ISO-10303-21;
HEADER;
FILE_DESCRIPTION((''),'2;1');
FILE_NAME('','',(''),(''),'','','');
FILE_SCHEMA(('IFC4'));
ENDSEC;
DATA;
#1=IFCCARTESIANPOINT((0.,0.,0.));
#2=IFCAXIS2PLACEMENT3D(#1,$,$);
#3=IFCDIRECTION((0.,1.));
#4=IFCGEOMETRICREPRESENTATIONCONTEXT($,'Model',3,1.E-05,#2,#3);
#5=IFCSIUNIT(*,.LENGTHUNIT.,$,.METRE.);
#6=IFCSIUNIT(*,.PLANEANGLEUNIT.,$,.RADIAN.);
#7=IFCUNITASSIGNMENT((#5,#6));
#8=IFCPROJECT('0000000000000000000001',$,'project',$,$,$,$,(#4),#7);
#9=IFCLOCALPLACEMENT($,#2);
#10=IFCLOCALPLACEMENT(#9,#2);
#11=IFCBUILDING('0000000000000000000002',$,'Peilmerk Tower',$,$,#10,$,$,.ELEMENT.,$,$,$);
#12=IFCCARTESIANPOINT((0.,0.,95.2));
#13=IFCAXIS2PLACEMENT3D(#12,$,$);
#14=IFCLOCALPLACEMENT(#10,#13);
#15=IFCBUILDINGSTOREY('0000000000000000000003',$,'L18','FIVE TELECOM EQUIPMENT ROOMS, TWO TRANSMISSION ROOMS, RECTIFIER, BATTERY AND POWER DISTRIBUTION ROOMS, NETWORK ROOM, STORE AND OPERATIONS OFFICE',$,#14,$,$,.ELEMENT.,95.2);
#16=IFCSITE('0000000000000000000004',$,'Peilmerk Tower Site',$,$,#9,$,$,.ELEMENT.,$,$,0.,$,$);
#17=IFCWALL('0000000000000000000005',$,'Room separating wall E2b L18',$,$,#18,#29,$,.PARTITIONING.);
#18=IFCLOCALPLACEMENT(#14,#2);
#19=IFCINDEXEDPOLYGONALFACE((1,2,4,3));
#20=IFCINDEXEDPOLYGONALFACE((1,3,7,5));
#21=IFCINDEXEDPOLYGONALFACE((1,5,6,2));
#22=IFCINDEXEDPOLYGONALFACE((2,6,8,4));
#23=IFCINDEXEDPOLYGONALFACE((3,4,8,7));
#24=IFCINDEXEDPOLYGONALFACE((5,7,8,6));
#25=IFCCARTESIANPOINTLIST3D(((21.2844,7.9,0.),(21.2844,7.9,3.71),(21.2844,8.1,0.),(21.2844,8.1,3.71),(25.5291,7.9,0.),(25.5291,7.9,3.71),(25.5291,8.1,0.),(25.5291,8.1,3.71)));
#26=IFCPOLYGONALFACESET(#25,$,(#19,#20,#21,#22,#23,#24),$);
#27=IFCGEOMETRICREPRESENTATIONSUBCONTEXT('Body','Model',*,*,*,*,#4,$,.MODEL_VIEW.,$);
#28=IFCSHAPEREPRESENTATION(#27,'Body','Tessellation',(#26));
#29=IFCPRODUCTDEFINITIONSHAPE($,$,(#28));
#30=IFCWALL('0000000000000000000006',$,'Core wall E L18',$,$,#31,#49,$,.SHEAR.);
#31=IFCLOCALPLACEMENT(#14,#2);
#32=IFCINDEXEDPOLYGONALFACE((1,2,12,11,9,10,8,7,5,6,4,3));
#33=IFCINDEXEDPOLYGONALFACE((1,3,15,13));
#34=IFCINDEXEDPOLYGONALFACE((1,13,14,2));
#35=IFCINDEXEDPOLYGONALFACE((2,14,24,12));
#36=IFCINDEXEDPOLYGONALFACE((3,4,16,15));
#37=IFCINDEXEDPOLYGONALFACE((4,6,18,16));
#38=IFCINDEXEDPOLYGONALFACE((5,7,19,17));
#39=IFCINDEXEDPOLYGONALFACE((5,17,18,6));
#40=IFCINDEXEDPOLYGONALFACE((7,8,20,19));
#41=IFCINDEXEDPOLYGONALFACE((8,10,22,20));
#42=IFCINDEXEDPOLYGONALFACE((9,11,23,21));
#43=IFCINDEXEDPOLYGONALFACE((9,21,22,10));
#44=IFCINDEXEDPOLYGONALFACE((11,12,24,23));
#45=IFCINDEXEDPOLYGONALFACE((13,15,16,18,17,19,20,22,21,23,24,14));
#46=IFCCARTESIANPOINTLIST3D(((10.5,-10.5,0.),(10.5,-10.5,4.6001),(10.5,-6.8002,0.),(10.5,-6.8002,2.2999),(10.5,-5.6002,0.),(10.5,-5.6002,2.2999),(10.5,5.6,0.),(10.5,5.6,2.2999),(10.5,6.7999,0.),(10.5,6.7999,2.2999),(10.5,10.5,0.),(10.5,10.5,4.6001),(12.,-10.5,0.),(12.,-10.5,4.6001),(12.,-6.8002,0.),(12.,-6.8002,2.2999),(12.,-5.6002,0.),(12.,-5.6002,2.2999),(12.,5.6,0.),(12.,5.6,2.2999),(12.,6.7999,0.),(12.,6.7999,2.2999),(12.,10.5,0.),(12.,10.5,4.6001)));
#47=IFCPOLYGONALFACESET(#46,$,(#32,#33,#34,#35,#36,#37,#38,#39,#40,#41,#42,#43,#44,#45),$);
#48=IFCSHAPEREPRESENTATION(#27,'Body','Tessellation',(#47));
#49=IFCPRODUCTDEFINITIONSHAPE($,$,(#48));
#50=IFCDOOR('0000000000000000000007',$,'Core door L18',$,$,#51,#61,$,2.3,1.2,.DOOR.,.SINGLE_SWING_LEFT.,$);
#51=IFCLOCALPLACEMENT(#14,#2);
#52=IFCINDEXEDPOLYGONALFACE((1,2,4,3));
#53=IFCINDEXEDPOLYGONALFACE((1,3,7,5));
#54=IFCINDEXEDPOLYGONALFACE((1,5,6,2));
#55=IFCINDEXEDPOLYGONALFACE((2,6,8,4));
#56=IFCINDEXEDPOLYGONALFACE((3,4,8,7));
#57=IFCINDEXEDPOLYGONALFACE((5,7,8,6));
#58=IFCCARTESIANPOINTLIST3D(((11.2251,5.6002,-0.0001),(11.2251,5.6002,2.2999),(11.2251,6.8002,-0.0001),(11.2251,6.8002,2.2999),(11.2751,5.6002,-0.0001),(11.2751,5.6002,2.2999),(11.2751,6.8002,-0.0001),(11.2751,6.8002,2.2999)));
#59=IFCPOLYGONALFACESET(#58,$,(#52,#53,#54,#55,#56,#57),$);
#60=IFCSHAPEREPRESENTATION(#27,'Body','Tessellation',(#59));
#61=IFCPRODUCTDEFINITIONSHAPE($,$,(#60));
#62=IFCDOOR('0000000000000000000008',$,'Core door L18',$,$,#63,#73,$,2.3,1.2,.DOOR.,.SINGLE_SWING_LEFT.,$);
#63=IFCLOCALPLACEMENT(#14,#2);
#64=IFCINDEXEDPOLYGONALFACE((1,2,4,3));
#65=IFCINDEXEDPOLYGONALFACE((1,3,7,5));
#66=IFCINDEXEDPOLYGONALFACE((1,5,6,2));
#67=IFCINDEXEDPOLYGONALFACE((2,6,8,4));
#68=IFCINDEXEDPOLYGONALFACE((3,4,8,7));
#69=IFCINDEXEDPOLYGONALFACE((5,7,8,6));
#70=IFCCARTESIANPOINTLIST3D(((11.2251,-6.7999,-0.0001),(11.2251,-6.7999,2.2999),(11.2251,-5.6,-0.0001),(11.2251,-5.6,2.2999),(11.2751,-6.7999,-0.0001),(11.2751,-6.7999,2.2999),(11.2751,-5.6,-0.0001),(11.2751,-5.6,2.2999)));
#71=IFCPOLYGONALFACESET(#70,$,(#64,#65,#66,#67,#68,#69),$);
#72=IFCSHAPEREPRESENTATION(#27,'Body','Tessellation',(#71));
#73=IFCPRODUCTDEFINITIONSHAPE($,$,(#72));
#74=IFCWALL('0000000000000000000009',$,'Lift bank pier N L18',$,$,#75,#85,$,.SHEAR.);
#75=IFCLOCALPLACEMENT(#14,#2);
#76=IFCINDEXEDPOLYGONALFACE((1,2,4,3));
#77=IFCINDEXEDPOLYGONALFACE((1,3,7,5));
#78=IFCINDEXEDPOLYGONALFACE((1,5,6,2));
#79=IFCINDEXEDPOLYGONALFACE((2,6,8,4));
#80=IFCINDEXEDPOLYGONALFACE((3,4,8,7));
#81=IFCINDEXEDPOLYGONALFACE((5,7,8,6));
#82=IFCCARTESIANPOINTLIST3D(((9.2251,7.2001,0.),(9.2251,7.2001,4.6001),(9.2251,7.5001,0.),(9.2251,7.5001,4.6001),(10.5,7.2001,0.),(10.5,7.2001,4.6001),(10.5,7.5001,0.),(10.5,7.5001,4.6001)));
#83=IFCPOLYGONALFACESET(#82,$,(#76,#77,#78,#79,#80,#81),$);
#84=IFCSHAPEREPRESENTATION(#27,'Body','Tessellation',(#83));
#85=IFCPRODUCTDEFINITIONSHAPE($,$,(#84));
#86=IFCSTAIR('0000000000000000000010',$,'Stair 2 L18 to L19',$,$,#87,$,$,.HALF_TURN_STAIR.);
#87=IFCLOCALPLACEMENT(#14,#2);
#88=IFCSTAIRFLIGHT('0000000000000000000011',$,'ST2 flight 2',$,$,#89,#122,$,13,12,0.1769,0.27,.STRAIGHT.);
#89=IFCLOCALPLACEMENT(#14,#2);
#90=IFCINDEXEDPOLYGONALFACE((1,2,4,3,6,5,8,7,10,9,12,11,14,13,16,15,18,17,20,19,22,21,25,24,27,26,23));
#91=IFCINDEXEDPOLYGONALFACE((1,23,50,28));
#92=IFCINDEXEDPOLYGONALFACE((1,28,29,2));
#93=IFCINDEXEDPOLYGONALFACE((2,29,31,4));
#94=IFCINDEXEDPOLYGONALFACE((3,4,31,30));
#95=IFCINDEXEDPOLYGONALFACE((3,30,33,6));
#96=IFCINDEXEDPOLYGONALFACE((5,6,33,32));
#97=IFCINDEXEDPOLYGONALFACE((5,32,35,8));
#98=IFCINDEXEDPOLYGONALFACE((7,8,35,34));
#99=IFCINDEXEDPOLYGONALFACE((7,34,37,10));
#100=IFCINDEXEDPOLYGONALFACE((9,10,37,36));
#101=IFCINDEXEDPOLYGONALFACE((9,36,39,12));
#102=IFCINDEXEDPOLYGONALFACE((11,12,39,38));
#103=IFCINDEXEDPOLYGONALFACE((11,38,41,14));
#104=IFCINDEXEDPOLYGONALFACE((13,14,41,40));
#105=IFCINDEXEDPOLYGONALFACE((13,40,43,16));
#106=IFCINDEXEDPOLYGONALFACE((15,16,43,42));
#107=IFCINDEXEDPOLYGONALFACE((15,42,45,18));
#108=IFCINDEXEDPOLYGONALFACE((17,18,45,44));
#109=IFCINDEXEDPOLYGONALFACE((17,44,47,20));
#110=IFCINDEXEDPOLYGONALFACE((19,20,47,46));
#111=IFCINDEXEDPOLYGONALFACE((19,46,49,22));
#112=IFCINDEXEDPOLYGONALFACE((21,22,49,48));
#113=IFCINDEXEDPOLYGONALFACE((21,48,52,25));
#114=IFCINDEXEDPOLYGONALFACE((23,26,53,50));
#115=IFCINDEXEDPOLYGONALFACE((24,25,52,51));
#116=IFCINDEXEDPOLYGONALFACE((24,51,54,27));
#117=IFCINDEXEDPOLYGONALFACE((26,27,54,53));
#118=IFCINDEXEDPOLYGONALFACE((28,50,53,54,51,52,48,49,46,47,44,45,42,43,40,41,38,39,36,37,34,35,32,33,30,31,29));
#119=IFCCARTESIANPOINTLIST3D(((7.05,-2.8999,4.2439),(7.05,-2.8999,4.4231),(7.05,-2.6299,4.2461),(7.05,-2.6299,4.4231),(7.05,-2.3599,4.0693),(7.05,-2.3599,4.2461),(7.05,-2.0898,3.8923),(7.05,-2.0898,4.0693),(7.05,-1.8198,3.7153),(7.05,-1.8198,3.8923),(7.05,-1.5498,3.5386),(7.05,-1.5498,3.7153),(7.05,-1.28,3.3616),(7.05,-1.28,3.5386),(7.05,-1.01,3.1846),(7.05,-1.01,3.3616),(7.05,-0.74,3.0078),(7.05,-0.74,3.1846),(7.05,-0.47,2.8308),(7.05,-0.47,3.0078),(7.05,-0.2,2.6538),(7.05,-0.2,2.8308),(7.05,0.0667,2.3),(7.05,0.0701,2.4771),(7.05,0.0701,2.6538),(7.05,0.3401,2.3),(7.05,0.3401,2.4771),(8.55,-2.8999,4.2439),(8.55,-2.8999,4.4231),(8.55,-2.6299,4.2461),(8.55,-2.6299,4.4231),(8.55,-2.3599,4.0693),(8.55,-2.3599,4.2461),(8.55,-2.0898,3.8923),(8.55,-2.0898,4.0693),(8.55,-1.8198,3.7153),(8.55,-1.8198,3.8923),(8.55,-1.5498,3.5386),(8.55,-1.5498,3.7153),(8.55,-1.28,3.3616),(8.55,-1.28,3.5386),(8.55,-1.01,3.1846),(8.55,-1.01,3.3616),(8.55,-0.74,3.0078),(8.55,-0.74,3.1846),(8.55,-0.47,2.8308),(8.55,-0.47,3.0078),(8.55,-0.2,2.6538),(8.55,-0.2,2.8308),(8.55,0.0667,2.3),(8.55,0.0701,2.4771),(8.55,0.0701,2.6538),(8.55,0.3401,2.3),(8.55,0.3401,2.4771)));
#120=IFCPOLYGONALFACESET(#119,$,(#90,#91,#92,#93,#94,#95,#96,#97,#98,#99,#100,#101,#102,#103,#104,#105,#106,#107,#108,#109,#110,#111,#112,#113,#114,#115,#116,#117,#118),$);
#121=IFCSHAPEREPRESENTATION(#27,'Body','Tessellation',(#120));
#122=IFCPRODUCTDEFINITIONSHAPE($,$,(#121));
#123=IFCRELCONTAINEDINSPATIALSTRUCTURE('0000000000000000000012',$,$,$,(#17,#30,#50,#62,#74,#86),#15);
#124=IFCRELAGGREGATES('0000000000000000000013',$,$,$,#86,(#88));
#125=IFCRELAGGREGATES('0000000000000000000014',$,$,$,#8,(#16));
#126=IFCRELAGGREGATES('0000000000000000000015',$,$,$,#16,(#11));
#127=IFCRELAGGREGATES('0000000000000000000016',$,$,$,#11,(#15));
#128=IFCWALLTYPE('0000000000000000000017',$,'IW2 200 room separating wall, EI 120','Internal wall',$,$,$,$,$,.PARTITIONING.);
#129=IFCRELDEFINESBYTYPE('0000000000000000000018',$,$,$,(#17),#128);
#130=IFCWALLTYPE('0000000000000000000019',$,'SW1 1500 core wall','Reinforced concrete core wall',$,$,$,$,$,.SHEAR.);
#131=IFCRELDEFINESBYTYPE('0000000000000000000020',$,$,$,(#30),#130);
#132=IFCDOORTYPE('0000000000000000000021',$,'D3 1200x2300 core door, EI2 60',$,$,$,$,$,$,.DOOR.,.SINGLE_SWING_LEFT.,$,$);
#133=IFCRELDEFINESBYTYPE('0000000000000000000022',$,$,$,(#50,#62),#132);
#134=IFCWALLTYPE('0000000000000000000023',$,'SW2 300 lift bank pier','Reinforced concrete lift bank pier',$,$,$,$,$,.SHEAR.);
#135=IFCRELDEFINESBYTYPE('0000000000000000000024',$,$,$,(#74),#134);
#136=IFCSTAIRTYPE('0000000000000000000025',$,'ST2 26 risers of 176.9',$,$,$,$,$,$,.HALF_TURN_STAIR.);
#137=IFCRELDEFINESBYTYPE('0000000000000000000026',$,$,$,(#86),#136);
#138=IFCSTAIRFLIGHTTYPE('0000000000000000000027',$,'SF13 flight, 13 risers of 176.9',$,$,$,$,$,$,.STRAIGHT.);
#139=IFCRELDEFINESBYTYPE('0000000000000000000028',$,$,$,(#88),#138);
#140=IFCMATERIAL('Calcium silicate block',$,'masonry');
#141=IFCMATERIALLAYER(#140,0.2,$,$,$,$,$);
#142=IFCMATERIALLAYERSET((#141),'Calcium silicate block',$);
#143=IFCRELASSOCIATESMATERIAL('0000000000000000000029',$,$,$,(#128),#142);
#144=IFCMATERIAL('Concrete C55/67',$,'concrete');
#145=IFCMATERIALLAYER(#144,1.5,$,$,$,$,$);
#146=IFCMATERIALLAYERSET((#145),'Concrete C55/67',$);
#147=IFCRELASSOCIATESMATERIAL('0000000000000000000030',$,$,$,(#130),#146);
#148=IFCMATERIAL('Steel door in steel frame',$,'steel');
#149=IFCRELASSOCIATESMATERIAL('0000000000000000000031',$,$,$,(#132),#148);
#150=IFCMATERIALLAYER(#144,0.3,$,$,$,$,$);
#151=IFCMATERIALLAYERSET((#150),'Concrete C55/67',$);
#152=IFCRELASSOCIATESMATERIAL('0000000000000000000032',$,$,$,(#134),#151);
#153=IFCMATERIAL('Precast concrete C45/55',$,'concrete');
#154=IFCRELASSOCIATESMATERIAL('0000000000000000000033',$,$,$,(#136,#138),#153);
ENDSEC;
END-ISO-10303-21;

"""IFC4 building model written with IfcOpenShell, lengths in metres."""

from ifc_helpers import new_model, si_unit, direction, frame, frame_2d, origin, place, context, subcontext, project, spatial, polyline, rectangle, outline, extrude, material, layer, layer_set, type_object, element, fill, aggregate, save


model = new_model("IFC4")

# Units and contexts
model_context = context("Model", 3, precision=1e-05, world=origin(), true_north=direction((0.0, 1.0)))
body_context = subcontext(model_context, "Body", "Model", "MODEL_VIEW")
ifc_project = project(units=[si_unit("LENGTHUNIT", "METRE"), si_unit("PLANEANGLEUNIT", "RADIAN")], contexts=[model_context])

# Site, building, storey
site_placement = place(None, origin())
site = spatial("IfcSite", under=ifc_project, at=site_placement, Name="Peilmerk Tower Site", CompositionType="ELEMENT", RefElevation=0.0)
building_placement = place(site_placement, origin())
building = spatial("IfcBuilding", under=site, at=building_placement, Name="Peilmerk Tower", CompositionType="ELEMENT")
storey_placement = place(building_placement, frame((0.0, 0.0, 95.2)))
storey = spatial("IfcBuildingStorey", under=building, at=storey_placement, Name="L18", Description="FIVE TELECOM EQUIPMENT ROOMS, TWO TRANSMISSION ROOMS, RECTIFIER, BATTERY AND POWER DISTRIBUTION ROOMS, NETWORK ROOM, STORE AND OPERATIONS OFFICE", CompositionType="ELEMENT", Elevation=95.2)

# Wall
ifc_material_1 = material(Name="Calcium silicate block", Category="masonry")
ifc_layer_1 = layer(ifc_material_1, 0.2)
ifc_layer_set_1 = layer_set([ifc_layer_1], Name="Calcium silicate block")
wall_type_1 = type_object("IfcWallType", Name="IW2 200 room separating wall, EI 120", Description="Internal wall", PredefinedType="PARTITIONING", material=ifc_layer_set_1)
wall_1_placement = place(storey_placement, frame((21.2844, 8.0, 0.0), z_axis=(0.0, 0.0, 1.0), x_axis=(1.0, 0.0, 0.0)))
element("IfcWall", 1, at=wall_1_placement, inside=storey, type_object=wall_type_1, Name="Room separating wall E2b L18", PredefinedType="PARTITIONING", context=body_context, shape_type="SweptSolid", body=[
    extrude(rectangle(XDim=4.2446, YDim=0.2, at=frame_2d((2.1223, 0.0))), origin(), (0.0, 0.0, 1.0), 3.71),
])

# Wall, openings, doors
ifc_material_2 = material(Name="Concrete C55/67", Category="concrete")
ifc_layer_2 = layer(ifc_material_2, 1.5)
ifc_layer_set_2 = layer_set([ifc_layer_2], Name="Concrete C55/67")
wall_type_2 = type_object("IfcWallType", Name="SW1 1500 core wall", Description="Reinforced concrete core wall", PredefinedType="SHEAR", material=ifc_layer_set_2)
wall_2_placement = place(storey_placement, frame((11.25, 10.5, 0.0), z_axis=(0.0, 0.0, 1.0), x_axis=(0.0, -1.0, 0.0)))
wall_2 = element("IfcWall", 2, at=wall_2_placement, inside=storey, type_object=wall_type_2, Name="Core wall E L18", PredefinedType="SHEAR", context=body_context, shape_type="SweptSolid", body=[
    extrude(rectangle(XDim=21.0, YDim=1.5, at=frame_2d((10.5, 0.0))), origin(), (0.0, 0.0, 1.0), 4.6001),
])
opening_1_placement = place(wall_2_placement, frame((3.7, 0.0, 0.0)))
opening_1 = element("IfcOpeningElement", 3, at=opening_1_placement, cuts=wall_2, PredefinedType="OPENING", context=body_context, shape_type="SweptSolid", body=[
    extrude(rectangle(XDim=1.2, YDim=2.3, at=frame_2d((0.6001, 1.1499))), frame((0.0, 0.76, 0.0), z_axis=(0.0, -1.0, 0.0), x_axis=(1.0, 0.0, 0.0)), (0.0, 0.0, 1.0), 1.52),
])
opening_2_placement = place(wall_2_placement, frame((16.1001, 0.0, 0.0)))
opening_2 = element("IfcOpeningElement", 4, at=opening_2_placement, cuts=wall_2, PredefinedType="OPENING", context=body_context, shape_type="SweptSolid", body=[
    extrude(rectangle(XDim=1.2, YDim=2.3, at=frame_2d((0.6001, 1.1499))), frame((0.0, 0.76, 0.0), z_axis=(0.0, -1.0, 0.0), x_axis=(1.0, 0.0, 0.0)), (0.0, 0.0, 1.0), 1.52),
])
ifc_material_3 = material(Name="Steel door in steel frame", Category="steel")
door_type = type_object("IfcDoorType", Name="D3 1200x2300 core door, EI2 60", OperationType="SINGLE_SWING_LEFT", PredefinedType="DOOR", material=ifc_material_3)
door_1_placement = place(opening_1_placement, frame((1.2, 0.0, 0.0), z_axis=(0.0, 0.0, 1.0), x_axis=(-1.0, 0.0, 0.0)))
door_1 = element("IfcDoor", 5, at=door_1_placement, inside=storey, type_object=door_type, Name="Core door L18", OperationType="SINGLE_SWING_LEFT", OverallHeight=2.3, OverallWidth=1.2, PredefinedType="DOOR", context=body_context, shape_type="SweptSolid", body=[
    extrude(rectangle(XDim=1.2, YDim=2.3, at=frame_2d((0.6001, 1.1499))), frame((0.0, 0.0249, 0.0), z_axis=(0.0, -1.0, 0.0), x_axis=(1.0, 0.0, 0.0)), (0.0, 0.0, 1.0), 0.05),
])
fill(opening_1, door_1)
door_2_placement = place(opening_2_placement, frame((1.2, 0.0, 0.0), z_axis=(0.0, 0.0, 1.0), x_axis=(-1.0, 0.0, 0.0)))
door_2 = element("IfcDoor", 6, at=door_2_placement, inside=storey, type_object=door_type, Name="Core door L18", OperationType="SINGLE_SWING_LEFT", OverallHeight=2.3, OverallWidth=1.2, PredefinedType="DOOR", context=body_context, shape_type="SweptSolid", body=[
    extrude(rectangle(XDim=1.2, YDim=2.3, at=frame_2d((0.6001, 1.1499))), frame((0.0, 0.0249, 0.0), z_axis=(0.0, -1.0, 0.0), x_axis=(1.0, 0.0, 0.0)), (0.0, 0.0, 1.0), 0.05),
])
fill(opening_2, door_2)

# Wall
ifc_layer_3 = layer(ifc_material_2, 0.3)
ifc_layer_set_3 = layer_set([ifc_layer_3], Name="Concrete C55/67")
wall_type_3 = type_object("IfcWallType", Name="SW2 300 lift bank pier", Description="Reinforced concrete lift bank pier", PredefinedType="SHEAR", material=ifc_layer_set_3)
wall_3_placement = place(storey_placement, frame((9.2251, 7.3501, 0.0), z_axis=(0.0, 0.0, 1.0), x_axis=(1.0, 0.0, 0.0)))
element("IfcWall", 7, at=wall_3_placement, inside=storey, type_object=wall_type_3, Name="Lift bank pier N L18", PredefinedType="SHEAR", context=body_context, shape_type="SweptSolid", body=[
    extrude(rectangle(XDim=1.2749, YDim=0.3, at=frame_2d((0.6375, 0.0))), origin(), (0.0, 0.0, 1.0), 4.6001),
])

# Stair, stair flight
ifc_material_4 = material(Name="Precast concrete C45/55", Category="concrete")
stair_type = type_object("IfcStairType", Name="ST2 26 risers of 176.9", PredefinedType="HALF_TURN_STAIR", material=ifc_material_4)
stair_placement = place(storey_placement, origin())
stair = element("IfcStair", 8, at=stair_placement, inside=storey, type_object=stair_type, Name="Stair 2 L18 to L19", PredefinedType="HALF_TURN_STAIR")
stair_flight_type = type_object("IfcStairFlightType", Name="SF13 flight, 13 risers of 176.9", PredefinedType="STRAIGHT", material=ifc_material_4)
stair_flight_placement = place(storey_placement, frame((7.8, 0.3401, 2.3), z_axis=(0.0, 0.0, 1.0), x_axis=(0.0, -1.0, 0.0)))
stair_flight = element("IfcStairFlight", 9, at=stair_flight_placement, type_object=stair_flight_type, Name="ST2 flight 2", NumberOfRisers=13, NumberOfTreads=12, PredefinedType="STRAIGHT", RiserHeight=0.1769, TreadLength=0.27, context=body_context, shape_type="SweptSolid", body=[
    extrude(outline(polyline([(0.0, 0.0), (0.0, 0.177), (0.27, 0.177), (0.27, 0.3538), (0.54, 0.3538), (0.54, 0.5308), (0.8101, 0.5308), (0.8101, 0.7078), (1.0801, 0.7078), (1.0801, 0.8845), (1.3501, 0.8845), (1.3501, 1.0615), (1.6201, 1.0615), (1.6201, 1.2385), (1.8899, 1.2385), (1.8899, 1.4153), (2.1599, 1.4153), (2.1599, 1.5923), (2.4299, 1.5923), (2.4299, 1.7693), (2.7, 1.7693), (2.7, 1.946), (2.97, 1.946), (2.97, 2.123), (3.24, 2.123), (3.24, 2.3), (3.24, 1.9438), (0.2734, 0.0), (0.0, 0.0)])), frame((0.0, 0.75, 0.0), z_axis=(0.0, -1.0, 0.0), x_axis=(1.0, 0.0, 0.0)), (0.0, 0.0, 1.0), 1.5),
])
aggregate(stair, [stair_flight])

save(model, "model.ifc")
